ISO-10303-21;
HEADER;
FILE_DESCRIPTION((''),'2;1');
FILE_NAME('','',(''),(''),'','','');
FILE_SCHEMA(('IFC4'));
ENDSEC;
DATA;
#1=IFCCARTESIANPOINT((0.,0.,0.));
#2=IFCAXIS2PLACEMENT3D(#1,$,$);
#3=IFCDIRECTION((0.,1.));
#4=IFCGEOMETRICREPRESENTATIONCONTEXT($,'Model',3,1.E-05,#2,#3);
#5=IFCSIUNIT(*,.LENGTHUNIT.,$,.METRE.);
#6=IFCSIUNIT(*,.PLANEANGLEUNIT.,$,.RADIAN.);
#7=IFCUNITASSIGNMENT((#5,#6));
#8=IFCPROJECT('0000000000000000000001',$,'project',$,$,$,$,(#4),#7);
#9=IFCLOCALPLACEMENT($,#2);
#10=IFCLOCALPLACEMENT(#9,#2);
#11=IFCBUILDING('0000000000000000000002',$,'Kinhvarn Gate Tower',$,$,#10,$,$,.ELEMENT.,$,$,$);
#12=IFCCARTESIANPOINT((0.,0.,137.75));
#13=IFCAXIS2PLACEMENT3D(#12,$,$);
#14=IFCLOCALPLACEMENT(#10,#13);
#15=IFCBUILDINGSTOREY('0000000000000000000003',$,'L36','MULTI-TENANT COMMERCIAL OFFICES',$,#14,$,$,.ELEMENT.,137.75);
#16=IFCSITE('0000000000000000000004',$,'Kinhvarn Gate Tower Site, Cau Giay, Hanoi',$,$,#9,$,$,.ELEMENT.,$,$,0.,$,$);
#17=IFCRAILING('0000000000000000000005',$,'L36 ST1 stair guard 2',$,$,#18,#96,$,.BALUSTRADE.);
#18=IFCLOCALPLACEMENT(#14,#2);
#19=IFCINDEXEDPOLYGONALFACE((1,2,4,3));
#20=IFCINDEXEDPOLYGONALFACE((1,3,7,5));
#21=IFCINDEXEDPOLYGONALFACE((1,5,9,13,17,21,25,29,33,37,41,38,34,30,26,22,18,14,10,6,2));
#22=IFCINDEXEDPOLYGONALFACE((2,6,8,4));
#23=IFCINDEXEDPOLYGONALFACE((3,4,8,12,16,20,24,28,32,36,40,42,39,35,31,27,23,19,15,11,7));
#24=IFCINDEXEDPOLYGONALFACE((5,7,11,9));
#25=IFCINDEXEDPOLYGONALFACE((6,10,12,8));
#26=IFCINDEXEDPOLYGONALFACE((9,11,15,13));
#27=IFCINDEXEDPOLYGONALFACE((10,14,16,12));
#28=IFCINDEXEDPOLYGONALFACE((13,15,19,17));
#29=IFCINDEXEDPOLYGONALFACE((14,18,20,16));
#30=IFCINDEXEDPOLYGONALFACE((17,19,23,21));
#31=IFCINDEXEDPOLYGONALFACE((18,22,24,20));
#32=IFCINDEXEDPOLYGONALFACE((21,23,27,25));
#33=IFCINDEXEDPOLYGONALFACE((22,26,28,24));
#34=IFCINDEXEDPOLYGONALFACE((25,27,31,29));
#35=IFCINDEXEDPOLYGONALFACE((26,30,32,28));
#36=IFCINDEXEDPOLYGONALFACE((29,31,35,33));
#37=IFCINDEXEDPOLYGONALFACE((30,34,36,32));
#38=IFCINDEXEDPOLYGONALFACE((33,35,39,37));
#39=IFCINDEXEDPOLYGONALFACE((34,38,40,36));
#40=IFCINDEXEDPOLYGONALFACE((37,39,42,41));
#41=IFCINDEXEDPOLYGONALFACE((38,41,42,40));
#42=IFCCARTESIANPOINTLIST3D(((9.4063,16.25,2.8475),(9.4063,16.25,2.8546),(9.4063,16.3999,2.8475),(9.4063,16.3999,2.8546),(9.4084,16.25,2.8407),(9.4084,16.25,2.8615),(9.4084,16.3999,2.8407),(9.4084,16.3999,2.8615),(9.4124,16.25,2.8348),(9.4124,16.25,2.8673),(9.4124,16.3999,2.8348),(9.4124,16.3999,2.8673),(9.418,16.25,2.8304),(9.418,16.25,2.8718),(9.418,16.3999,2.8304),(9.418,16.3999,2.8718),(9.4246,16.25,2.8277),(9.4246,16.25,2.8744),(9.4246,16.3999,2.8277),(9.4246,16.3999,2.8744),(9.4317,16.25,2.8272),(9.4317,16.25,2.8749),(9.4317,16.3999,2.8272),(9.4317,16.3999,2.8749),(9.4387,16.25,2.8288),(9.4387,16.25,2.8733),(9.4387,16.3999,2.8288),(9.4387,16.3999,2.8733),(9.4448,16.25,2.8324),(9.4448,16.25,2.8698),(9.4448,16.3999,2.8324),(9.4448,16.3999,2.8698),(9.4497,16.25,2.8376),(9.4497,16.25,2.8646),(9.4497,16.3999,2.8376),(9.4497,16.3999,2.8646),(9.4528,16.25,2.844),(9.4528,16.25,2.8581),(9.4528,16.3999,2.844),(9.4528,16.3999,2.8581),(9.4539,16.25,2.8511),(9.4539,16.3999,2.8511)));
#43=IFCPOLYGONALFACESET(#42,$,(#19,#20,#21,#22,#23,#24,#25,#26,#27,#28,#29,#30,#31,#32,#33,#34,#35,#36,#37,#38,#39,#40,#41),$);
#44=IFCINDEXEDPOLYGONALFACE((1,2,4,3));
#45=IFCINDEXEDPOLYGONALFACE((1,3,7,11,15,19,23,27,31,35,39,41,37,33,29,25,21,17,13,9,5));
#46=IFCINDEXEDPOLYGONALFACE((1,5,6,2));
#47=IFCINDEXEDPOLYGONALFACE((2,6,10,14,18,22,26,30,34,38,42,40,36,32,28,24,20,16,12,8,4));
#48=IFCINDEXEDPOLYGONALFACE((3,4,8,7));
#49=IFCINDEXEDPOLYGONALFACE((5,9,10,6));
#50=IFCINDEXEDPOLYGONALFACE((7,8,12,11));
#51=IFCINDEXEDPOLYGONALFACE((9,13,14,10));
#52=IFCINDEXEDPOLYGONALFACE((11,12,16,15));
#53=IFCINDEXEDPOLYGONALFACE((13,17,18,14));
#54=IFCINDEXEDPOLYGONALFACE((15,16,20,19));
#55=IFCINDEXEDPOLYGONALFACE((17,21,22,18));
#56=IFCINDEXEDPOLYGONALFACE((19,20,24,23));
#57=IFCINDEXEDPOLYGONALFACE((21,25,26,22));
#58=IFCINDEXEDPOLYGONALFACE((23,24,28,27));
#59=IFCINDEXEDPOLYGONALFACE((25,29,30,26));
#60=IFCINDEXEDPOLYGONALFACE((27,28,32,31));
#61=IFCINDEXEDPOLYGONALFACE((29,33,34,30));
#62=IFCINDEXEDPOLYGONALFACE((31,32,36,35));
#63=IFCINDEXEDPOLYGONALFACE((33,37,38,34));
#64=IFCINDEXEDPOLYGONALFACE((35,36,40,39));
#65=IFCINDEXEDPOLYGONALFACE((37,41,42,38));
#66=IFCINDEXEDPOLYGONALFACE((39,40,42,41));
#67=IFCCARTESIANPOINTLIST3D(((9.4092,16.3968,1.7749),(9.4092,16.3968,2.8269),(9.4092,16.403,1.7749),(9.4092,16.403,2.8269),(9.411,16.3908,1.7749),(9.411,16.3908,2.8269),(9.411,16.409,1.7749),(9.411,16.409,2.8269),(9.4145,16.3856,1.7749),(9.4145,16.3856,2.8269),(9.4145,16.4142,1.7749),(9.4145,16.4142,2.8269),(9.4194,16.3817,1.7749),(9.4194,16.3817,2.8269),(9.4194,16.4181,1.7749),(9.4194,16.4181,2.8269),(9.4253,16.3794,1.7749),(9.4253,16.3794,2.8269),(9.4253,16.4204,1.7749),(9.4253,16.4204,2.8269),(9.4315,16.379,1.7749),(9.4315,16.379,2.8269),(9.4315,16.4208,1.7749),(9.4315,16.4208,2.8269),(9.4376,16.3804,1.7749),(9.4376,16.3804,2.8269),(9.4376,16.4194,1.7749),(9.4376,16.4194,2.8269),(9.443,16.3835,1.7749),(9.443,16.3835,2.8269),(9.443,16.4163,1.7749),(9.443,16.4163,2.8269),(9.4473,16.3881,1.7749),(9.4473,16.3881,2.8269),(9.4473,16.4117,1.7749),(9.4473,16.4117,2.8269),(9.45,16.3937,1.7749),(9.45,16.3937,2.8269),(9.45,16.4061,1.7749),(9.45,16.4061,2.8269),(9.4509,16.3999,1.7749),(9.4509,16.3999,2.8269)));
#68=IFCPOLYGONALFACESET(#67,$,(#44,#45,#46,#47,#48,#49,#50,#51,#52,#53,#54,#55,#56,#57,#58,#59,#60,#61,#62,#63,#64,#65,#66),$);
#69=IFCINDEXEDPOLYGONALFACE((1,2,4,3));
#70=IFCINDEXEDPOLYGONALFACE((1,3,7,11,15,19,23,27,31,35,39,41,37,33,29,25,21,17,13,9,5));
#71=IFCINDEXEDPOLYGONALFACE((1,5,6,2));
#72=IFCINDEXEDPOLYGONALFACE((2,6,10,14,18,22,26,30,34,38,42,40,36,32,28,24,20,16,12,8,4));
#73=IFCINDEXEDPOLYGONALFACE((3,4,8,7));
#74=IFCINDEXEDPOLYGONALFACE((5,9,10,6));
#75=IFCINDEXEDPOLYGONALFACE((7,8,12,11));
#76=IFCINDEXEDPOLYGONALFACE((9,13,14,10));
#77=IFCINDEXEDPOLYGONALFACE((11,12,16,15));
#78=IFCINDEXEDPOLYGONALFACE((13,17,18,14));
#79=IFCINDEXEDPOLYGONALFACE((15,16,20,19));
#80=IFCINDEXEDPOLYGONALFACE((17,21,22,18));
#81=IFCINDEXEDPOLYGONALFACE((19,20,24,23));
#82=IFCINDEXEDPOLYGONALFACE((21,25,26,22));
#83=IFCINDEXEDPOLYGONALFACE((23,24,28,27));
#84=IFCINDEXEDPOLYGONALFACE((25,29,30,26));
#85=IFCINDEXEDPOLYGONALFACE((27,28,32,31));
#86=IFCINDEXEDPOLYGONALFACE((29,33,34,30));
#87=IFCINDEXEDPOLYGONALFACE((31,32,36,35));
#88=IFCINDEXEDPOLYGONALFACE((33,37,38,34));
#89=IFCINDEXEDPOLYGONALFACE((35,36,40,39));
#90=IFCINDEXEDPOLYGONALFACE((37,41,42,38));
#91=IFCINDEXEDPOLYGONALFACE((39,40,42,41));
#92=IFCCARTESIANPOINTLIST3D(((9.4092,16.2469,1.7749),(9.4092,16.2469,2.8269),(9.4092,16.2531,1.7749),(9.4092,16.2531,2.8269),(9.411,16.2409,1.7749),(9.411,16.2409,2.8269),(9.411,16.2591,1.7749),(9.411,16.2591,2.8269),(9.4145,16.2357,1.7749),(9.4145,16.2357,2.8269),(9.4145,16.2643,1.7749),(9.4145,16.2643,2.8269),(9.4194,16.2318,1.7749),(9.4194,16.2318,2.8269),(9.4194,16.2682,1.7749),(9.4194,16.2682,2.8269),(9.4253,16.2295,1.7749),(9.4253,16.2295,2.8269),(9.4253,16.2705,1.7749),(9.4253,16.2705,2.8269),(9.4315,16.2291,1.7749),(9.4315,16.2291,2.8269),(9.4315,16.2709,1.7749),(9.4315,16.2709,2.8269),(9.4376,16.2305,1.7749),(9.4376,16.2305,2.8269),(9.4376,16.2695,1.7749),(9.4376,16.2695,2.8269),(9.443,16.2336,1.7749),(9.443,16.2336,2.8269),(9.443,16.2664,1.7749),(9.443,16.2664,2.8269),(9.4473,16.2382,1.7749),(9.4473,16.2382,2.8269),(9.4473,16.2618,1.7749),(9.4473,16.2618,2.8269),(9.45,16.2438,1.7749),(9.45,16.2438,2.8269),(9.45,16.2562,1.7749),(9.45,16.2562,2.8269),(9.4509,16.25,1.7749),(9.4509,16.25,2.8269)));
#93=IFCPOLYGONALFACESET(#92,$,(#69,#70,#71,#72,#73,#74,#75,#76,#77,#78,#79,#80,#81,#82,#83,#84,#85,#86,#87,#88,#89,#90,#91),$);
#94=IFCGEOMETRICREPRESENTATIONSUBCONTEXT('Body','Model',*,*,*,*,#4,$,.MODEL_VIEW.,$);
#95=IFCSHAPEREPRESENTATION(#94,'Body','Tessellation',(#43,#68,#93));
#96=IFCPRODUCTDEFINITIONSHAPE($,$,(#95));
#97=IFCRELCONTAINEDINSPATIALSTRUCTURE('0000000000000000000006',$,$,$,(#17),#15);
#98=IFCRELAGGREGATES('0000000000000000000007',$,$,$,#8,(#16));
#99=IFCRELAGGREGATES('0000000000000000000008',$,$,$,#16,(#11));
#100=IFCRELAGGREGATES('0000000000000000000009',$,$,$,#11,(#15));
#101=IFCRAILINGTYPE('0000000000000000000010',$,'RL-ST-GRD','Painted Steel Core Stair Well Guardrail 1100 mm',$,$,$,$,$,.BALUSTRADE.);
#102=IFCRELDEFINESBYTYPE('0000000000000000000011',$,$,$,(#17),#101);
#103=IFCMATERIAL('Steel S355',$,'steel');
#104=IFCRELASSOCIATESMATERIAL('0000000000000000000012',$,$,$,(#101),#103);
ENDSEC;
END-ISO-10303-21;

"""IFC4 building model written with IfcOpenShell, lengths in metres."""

from ifc_helpers import new_model, si_unit, direction, frame, origin, origin_2d, place, context, subcontext, project, spatial, circle, extrude, material, type_object, element, save


model = new_model("IFC4")

# Units and contexts
model_context = context("Model", 3, precision=1e-05, world=origin(), true_north=direction((0.0, 1.0)))
body_context = subcontext(model_context, "Body", "Model", "MODEL_VIEW")
ifc_project = project(units=[si_unit("LENGTHUNIT", "METRE"), si_unit("PLANEANGLEUNIT", "RADIAN")], contexts=[model_context])

# Site, building, storey
site_placement = place(None, origin())
site = spatial("IfcSite", under=ifc_project, at=site_placement, Name="Kinhvarn Gate Tower Site, Cau Giay, Hanoi", CompositionType="ELEMENT", RefElevation=0.0)
building_placement = place(site_placement, origin())
building = spatial("IfcBuilding", under=site, at=building_placement, Name="Kinhvarn Gate Tower", CompositionType="ELEMENT")
storey_placement = place(building_placement, frame((0.0, 0.0, 137.75)))
storey = spatial("IfcBuildingStorey", under=building, at=storey_placement, Name="L36", Description="MULTI-TENANT COMMERCIAL OFFICES", CompositionType="ELEMENT", Elevation=137.75)

# Shared definitions
ifc_material_1 = material(Name="Steel S355", Category="steel")

# Railing
railing_type_1 = type_object("IfcRailingType", Name="RL-ST-GRD", Description="Painted Steel Core Stair Well Guardrail 1100 mm", PredefinedType="BALUSTRADE", material=ifc_material_1)
railing_1_placement = place(storey_placement, frame((9.4299, 16.3999, 1.7749)))
element("IfcRailing", 1, at=railing_1_placement, inside=storey, type_object=railing_type_1, Name="L36 ST1 stair guard 2", PredefinedType="BALUSTRADE", context=body_context, shape_type="SweptSolid", body=[
    extrude(circle(Radius=0.0239, at=origin_2d()), frame((0.0, 0.0, 1.0762), z_axis=(0.0, -1.0, 0.0), x_axis=(1.0, 0.0, 0.0)), (0.0, 0.0, 1.0), 0.1499),
    extrude(circle(Radius=0.021, at=origin_2d()), origin(), (0.0, 0.0, 1.0), 1.052),
    extrude(circle(Radius=0.021, at=origin_2d()), frame((0.0, -0.1499, 0.0)), (0.0, 0.0, 1.0), 1.052),
])

save(model, "model.ifc")
